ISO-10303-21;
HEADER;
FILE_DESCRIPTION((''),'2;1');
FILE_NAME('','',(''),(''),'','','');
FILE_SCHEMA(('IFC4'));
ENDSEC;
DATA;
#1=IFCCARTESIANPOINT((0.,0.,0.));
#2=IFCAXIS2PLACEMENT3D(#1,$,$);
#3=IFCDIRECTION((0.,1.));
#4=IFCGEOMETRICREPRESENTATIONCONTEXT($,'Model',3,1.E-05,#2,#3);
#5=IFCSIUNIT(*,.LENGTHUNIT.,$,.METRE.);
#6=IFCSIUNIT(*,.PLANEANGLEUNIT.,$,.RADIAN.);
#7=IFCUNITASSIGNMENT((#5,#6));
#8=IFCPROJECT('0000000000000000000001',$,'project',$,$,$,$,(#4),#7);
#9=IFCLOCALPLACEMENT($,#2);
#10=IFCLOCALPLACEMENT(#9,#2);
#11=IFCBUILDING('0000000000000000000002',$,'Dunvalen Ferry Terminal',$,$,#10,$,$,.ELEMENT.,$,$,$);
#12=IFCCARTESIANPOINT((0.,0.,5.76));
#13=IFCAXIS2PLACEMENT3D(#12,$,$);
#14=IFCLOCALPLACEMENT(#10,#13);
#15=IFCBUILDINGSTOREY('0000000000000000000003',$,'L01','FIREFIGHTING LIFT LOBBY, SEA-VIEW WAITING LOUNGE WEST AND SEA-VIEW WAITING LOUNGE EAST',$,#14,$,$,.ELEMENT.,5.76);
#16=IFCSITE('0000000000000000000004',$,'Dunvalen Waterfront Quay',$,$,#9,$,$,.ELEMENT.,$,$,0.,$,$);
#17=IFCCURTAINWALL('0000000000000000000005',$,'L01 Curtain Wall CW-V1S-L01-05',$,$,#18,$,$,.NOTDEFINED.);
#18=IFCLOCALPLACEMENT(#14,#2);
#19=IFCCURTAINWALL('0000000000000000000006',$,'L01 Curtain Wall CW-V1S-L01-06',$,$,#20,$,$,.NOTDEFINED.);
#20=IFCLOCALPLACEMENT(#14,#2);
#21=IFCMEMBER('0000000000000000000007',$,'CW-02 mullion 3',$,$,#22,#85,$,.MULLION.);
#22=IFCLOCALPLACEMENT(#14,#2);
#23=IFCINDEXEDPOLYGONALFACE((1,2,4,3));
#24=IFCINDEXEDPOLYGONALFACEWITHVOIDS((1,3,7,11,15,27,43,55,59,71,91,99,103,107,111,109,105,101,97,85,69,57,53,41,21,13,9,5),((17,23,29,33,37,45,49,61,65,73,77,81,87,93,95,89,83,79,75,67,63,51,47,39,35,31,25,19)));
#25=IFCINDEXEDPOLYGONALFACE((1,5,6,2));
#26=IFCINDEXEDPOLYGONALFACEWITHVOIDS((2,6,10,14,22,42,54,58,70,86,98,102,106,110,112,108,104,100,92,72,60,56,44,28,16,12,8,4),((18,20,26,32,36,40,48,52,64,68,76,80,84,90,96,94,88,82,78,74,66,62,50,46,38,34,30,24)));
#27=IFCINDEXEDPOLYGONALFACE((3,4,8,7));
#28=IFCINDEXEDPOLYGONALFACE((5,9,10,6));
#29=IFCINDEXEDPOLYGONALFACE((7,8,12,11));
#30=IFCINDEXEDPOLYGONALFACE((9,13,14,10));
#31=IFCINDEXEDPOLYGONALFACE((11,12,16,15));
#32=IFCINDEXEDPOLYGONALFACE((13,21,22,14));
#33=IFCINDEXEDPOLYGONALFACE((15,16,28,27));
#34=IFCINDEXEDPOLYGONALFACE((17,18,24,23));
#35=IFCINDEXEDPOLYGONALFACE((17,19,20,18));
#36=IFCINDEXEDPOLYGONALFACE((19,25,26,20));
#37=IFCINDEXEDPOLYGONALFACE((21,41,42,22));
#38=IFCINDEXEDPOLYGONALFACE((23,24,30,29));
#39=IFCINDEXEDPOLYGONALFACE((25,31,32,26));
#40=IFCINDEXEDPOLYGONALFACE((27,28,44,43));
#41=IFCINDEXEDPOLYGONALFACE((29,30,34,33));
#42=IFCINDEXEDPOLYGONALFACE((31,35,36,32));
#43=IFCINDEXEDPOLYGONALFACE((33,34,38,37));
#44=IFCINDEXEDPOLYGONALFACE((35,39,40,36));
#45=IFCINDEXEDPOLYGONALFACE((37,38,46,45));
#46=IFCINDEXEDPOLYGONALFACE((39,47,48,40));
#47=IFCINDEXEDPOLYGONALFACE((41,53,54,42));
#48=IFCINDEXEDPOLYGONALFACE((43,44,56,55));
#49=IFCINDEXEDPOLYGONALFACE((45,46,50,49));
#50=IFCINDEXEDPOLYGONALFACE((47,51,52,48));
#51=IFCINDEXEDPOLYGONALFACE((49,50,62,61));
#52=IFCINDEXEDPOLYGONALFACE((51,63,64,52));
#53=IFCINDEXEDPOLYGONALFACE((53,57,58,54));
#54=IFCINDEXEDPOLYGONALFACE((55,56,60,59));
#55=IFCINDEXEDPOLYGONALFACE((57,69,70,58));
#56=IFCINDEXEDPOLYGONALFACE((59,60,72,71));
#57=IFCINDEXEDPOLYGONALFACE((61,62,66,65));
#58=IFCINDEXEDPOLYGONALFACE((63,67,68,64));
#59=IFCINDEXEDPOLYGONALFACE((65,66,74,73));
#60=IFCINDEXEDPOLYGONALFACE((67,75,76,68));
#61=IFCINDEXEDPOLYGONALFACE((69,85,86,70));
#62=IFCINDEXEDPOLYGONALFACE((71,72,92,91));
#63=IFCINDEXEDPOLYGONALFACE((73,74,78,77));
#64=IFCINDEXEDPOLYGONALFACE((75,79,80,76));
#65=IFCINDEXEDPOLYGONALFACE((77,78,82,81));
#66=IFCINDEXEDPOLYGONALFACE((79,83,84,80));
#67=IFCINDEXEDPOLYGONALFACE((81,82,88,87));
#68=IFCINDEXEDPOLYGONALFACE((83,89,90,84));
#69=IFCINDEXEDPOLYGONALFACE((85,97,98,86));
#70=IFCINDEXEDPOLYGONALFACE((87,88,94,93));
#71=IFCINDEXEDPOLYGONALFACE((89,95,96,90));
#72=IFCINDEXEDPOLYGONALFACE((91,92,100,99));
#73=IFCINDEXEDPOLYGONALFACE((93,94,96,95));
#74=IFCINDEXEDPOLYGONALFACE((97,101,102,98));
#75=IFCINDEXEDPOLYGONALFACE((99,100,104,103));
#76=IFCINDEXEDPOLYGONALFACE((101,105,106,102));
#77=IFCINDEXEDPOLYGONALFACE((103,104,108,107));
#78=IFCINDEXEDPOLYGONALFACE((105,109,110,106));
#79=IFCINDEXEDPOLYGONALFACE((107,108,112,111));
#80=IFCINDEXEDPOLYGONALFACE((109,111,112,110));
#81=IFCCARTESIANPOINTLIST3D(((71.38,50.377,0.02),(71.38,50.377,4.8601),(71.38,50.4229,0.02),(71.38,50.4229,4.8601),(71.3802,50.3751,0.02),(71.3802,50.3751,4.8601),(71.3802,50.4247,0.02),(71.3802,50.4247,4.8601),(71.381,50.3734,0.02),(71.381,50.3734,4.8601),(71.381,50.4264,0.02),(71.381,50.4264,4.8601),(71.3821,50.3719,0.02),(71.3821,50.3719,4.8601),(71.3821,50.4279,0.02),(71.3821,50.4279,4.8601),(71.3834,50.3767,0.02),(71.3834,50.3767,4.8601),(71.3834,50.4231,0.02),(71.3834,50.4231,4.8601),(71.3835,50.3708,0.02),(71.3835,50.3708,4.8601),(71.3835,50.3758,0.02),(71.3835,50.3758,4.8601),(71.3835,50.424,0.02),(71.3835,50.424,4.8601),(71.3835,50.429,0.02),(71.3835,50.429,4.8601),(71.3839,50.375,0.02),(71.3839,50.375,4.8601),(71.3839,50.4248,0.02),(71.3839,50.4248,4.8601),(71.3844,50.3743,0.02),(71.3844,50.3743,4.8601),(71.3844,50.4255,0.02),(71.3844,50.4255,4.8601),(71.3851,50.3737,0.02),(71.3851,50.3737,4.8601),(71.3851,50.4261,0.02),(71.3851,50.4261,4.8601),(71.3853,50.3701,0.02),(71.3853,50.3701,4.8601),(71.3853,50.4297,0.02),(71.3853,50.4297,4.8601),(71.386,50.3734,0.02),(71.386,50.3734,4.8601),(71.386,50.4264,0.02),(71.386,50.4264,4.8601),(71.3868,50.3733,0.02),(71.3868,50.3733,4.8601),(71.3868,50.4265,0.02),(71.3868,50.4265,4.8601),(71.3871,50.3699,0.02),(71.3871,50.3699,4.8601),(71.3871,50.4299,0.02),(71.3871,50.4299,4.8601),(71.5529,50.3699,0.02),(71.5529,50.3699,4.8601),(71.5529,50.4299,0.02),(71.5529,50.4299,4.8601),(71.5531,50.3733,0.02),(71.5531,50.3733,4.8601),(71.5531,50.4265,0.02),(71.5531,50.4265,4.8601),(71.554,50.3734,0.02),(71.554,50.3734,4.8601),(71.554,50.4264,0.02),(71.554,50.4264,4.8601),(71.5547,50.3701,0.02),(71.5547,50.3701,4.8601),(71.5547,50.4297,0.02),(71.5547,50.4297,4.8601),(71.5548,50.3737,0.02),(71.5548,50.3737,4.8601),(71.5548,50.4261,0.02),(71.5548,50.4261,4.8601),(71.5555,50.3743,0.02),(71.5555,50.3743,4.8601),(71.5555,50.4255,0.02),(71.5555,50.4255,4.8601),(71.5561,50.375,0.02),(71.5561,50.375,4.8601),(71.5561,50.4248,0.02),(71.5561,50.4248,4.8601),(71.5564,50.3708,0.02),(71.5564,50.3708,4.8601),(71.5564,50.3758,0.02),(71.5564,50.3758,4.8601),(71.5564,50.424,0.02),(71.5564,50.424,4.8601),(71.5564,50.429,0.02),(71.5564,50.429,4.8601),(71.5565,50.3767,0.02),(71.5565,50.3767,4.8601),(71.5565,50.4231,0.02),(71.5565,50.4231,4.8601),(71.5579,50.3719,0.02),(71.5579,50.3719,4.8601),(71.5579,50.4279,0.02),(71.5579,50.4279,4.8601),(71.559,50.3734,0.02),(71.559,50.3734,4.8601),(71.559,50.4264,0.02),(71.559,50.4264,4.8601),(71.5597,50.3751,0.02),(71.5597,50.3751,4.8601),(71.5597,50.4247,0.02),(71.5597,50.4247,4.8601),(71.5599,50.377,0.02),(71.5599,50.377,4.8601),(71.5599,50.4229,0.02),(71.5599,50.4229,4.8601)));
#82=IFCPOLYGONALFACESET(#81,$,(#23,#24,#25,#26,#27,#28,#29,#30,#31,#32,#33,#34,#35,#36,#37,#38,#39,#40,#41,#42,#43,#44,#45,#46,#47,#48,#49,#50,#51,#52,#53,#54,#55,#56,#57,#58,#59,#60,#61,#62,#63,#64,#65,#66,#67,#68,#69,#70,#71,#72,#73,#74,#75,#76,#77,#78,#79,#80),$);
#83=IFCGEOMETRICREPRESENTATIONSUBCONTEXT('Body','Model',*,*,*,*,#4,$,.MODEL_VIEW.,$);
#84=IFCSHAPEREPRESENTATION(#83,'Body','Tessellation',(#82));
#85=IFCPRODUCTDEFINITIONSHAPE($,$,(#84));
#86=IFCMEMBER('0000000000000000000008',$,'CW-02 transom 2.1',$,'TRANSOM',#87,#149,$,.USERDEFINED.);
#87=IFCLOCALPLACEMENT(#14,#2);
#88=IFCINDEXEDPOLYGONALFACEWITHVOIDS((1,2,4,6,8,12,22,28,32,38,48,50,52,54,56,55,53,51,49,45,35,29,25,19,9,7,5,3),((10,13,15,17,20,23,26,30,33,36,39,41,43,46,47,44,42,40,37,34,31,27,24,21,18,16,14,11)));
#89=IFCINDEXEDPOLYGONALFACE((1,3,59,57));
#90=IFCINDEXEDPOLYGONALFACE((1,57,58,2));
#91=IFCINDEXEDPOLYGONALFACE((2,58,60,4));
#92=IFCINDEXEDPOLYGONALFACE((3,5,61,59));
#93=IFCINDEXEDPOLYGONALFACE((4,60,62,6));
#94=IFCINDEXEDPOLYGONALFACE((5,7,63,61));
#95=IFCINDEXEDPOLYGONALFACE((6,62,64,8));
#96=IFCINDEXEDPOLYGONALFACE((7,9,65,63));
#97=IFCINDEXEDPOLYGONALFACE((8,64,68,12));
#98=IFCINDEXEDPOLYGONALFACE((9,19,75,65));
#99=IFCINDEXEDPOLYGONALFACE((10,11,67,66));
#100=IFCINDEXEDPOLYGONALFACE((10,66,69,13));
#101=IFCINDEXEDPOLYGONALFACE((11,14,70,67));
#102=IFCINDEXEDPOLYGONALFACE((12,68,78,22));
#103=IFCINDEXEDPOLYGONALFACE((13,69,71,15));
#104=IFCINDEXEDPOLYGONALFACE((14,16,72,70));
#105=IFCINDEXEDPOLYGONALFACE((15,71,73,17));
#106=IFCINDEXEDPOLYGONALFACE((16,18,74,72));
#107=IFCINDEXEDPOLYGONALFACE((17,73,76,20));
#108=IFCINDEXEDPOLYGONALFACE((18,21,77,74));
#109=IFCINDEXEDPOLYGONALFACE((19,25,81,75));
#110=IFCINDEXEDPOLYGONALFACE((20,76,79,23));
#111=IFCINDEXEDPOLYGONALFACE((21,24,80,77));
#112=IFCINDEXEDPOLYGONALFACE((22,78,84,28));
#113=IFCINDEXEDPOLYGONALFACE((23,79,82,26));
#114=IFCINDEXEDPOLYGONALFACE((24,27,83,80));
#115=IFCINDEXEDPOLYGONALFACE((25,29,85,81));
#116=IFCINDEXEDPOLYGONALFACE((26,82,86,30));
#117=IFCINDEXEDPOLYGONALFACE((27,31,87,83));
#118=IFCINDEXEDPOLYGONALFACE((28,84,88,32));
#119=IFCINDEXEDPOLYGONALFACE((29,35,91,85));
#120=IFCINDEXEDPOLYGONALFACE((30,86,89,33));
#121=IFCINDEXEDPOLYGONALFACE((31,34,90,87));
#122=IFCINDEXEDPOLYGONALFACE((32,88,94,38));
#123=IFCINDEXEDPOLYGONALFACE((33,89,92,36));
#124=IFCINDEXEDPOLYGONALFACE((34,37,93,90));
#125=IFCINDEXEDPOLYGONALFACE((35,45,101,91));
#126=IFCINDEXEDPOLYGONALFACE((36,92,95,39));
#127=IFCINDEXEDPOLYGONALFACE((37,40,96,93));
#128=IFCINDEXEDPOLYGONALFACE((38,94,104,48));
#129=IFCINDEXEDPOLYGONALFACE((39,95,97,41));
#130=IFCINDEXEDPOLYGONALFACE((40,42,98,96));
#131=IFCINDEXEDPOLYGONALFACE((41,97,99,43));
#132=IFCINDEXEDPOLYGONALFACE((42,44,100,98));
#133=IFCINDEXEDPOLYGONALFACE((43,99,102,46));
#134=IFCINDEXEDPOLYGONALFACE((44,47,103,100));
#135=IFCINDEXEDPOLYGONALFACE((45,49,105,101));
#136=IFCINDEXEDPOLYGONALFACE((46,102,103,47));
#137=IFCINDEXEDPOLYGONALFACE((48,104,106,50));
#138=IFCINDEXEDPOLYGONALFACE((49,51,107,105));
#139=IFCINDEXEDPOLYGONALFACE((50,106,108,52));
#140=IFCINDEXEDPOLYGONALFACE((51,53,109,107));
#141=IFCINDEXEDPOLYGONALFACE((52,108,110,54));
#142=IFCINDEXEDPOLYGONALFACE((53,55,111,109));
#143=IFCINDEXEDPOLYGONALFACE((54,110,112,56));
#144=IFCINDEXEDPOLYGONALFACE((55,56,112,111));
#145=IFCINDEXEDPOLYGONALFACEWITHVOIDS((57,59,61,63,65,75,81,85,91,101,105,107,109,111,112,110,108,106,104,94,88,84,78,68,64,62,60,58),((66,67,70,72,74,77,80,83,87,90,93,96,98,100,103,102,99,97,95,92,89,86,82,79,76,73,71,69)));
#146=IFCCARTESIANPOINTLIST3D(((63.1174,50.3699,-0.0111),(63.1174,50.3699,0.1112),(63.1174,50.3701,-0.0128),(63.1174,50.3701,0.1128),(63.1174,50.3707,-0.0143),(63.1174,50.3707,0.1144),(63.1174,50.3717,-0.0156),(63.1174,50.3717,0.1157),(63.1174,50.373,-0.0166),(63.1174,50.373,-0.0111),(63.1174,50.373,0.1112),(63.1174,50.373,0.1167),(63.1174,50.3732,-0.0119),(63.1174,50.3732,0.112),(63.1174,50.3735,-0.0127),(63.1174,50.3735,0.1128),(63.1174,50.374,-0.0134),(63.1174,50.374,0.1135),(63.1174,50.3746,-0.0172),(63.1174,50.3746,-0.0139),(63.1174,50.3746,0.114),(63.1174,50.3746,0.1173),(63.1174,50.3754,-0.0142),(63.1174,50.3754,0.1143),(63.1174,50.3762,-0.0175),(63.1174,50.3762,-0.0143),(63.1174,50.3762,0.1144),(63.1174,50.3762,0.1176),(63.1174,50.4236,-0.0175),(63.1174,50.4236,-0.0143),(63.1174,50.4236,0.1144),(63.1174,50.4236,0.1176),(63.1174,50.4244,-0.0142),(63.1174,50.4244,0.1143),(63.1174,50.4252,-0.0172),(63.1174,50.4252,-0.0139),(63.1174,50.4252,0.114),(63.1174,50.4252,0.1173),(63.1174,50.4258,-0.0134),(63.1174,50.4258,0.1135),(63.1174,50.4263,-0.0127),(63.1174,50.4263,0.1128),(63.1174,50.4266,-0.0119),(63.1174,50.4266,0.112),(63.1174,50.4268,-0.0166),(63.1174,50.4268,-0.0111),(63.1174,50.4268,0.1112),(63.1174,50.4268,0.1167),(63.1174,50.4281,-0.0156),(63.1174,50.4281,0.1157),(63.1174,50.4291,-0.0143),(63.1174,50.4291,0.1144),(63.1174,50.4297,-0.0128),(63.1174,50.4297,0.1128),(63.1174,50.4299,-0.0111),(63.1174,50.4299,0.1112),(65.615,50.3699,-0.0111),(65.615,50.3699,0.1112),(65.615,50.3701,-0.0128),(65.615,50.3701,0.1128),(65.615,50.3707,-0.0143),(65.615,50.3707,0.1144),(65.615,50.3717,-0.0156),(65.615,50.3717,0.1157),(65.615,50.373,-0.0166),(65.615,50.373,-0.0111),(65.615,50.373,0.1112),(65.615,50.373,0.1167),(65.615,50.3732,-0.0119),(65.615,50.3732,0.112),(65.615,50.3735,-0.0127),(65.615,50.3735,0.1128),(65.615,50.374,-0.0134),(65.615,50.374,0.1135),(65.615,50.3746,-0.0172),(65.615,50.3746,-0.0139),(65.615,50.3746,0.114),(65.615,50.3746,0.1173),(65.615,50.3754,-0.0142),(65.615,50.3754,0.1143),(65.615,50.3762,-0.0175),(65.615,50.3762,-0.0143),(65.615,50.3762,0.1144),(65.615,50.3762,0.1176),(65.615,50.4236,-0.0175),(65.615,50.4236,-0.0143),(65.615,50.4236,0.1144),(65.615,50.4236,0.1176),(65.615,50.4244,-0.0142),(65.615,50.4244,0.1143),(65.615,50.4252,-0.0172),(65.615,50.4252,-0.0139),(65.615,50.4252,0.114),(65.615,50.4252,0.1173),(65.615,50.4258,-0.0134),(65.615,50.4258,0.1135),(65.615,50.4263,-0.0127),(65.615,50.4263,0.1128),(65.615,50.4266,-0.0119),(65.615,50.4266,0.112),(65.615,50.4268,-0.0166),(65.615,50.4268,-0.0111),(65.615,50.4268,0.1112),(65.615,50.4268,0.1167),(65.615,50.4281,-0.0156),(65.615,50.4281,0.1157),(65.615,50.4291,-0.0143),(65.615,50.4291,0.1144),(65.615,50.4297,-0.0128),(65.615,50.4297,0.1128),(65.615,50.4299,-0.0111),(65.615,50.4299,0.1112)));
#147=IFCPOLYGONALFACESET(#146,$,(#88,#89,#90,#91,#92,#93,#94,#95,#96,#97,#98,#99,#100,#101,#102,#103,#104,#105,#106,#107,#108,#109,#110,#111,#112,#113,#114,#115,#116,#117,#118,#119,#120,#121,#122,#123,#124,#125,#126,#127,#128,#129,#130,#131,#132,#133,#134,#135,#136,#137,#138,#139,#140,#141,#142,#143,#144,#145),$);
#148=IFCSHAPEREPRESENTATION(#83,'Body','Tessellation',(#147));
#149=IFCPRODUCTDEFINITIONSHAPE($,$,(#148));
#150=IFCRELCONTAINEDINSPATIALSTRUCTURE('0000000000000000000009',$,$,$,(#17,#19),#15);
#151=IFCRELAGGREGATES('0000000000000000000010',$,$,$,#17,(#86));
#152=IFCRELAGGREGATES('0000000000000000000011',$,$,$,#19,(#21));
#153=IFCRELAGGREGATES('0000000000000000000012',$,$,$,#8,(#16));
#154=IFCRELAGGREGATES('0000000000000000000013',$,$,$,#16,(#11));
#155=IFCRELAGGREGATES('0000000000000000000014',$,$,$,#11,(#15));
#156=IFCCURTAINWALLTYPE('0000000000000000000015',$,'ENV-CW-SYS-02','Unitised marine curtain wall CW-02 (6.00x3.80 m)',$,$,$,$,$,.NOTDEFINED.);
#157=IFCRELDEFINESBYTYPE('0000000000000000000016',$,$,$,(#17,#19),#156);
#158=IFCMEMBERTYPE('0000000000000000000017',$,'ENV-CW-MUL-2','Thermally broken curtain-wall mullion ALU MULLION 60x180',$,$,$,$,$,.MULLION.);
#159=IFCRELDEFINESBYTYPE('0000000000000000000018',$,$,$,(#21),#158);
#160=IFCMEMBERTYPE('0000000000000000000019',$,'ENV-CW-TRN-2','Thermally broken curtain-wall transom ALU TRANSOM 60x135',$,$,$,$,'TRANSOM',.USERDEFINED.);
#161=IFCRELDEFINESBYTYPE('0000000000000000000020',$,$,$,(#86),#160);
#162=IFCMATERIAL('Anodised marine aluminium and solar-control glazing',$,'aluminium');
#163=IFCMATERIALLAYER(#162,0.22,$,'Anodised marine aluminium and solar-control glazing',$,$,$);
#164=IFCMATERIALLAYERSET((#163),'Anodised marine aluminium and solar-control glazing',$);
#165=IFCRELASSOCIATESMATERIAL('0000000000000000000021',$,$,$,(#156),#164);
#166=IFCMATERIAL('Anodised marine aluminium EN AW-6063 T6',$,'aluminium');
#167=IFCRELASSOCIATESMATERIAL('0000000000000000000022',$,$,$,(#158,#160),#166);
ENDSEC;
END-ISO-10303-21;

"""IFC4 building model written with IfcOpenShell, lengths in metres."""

from ifc_helpers import new_model, si_unit, direction, frame, origin, origin_2d, place, context, subcontext, project, spatial, hollow_rectangle, extrude, material, layer, layer_set, material_profile, profile_set, type_object, element, aggregate, save


model = new_model("IFC4")

# Units and contexts
model_context = context("Model", 3, precision=1e-05, world=origin(), true_north=direction((0.0, 1.0)))
body_context = subcontext(model_context, "Body", "Model", "MODEL_VIEW")
ifc_project = project(units=[si_unit("LENGTHUNIT", "METRE"), si_unit("PLANEANGLEUNIT", "RADIAN")], contexts=[model_context])

# Site, building, storey
site_placement = place(None, origin())
site = spatial("IfcSite", under=ifc_project, at=site_placement, Name="Dunvalen Waterfront Quay", CompositionType="ELEMENT", RefElevation=0.0)
building_placement = place(site_placement, origin())
building = spatial("IfcBuilding", under=site, at=building_placement, Name="Dunvalen Ferry Terminal", CompositionType="ELEMENT")
storey_placement = place(building_placement, frame((0.0, 0.0, 5.76)))
storey = spatial("IfcBuildingStorey", under=building, at=storey_placement, Name="L01", Description="FIREFIGHTING LIFT LOBBY, SEA-VIEW WAITING LOUNGE WEST AND SEA-VIEW WAITING LOUNGE EAST", CompositionType="ELEMENT", Elevation=5.76)

# Curtain wall
ifc_material_1 = material(Name="Anodised marine aluminium and solar-control glazing", Category="aluminium")
ifc_layer_1 = layer(ifc_material_1, 0.22, Name="Anodised marine aluminium and solar-control glazing")
ifc_layer_set_1 = layer_set([ifc_layer_1], Name="Anodised marine aluminium and solar-control glazing")
curtain_wall_type = type_object("IfcCurtainWallType", Name="ENV-CW-SYS-02", Description="Unitised marine curtain wall CW-02 (6.00x3.80 m)", PredefinedType="NOTDEFINED", material=ifc_layer_set_1)
curtain_wall_1_placement = place(storey_placement, origin())
curtain_wall_1 = element("IfcCurtainWall", 1, at=curtain_wall_1_placement, inside=storey, type_object=curtain_wall_type, Name="L01 Curtain Wall CW-V1S-L01-05", PredefinedType="NOTDEFINED")
ifc_material_2 = material(Name="Anodised marine aluminium EN AW-6063 T6", Category="aluminium")
ifc_material_profile_1 = material_profile(ifc_material_2, hollow_rectangle(XDim=0.0601, YDim=0.1799, WallThickness=0.0034, InnerFilletRadius=0.0034, OuterFilletRadius=0.0071, at=origin_2d()), Name="Anodised marine aluminium EN AW-6063 T6")
ifc_profile_set_1 = profile_set([ifc_material_profile_1], Name="Anodised marine aluminium EN AW-6063 T6")
member_type_1 = type_object("IfcMemberType", Name="ENV-CW-MUL-2", Description="Thermally broken curtain-wall mullion ALU MULLION 60x180", PredefinedType="MULLION", material=ifc_profile_set_1)

# Curtain wall, member
curtain_wall_2_placement = place(storey_placement, origin())
curtain_wall_2 = element("IfcCurtainWall", 2, at=curtain_wall_2_placement, inside=storey, type_object=curtain_wall_type, Name="L01 Curtain Wall CW-V1S-L01-06", PredefinedType="NOTDEFINED")
member_1_placement = place(storey_placement, frame((71.47, 50.3999, 0.02), z_axis=(0.0, 0.0, 1.0), x_axis=(0.0, 1.0, 0.0)))
member_1 = element("IfcMember", 3, at=member_1_placement, type_object=member_type_1, Name="CW-02 mullion 3", PredefinedType="MULLION", context=body_context, shape_type="SweptSolid", body=[
    extrude(hollow_rectangle(XDim=0.0601, YDim=0.1799, WallThickness=0.0034, InnerFilletRadius=0.0034, OuterFilletRadius=0.0071, at=origin_2d()), origin(), (0.0, 0.0, 1.0), 4.8401),
])

# Member
ifc_material_profile_2 = material_profile(ifc_material_2, hollow_rectangle(XDim=0.0601, YDim=0.135, WallThickness=0.0032, InnerFilletRadius=0.0032, OuterFilletRadius=0.0063, at=origin_2d()), Name="Anodised marine aluminium EN AW-6063 T6")
ifc_profile_set_2 = profile_set([ifc_material_profile_2], Name="Anodised marine aluminium EN AW-6063 T6")
member_type_2 = type_object("IfcMemberType", Name="ENV-CW-TRN-2", Description="Thermally broken curtain-wall transom ALU TRANSOM 60x135", ElementType="TRANSOM", PredefinedType="USERDEFINED", material=ifc_profile_set_2)
member_2_placement = place(storey_placement, frame((63.1174, 50.3999, 0.05), z_axis=(1.0, 0.0, 0.0), x_axis=(0.0, 1.0, 0.0)))
member_2 = element("IfcMember", 4, at=member_2_placement, type_object=member_type_2, Name="CW-02 transom 2.1", ObjectType="TRANSOM", PredefinedType="USERDEFINED", context=body_context, shape_type="SweptSolid", body=[
    extrude(hollow_rectangle(XDim=0.0601, YDim=0.135, WallThickness=0.0032, InnerFilletRadius=0.0032, OuterFilletRadius=0.0063, at=origin_2d()), origin(), (0.0, 0.0, 1.0), 2.4976),
])

aggregate(curtain_wall_1, [member_2])
aggregate(curtain_wall_2, [member_1])

save(model, "model.ifc")
